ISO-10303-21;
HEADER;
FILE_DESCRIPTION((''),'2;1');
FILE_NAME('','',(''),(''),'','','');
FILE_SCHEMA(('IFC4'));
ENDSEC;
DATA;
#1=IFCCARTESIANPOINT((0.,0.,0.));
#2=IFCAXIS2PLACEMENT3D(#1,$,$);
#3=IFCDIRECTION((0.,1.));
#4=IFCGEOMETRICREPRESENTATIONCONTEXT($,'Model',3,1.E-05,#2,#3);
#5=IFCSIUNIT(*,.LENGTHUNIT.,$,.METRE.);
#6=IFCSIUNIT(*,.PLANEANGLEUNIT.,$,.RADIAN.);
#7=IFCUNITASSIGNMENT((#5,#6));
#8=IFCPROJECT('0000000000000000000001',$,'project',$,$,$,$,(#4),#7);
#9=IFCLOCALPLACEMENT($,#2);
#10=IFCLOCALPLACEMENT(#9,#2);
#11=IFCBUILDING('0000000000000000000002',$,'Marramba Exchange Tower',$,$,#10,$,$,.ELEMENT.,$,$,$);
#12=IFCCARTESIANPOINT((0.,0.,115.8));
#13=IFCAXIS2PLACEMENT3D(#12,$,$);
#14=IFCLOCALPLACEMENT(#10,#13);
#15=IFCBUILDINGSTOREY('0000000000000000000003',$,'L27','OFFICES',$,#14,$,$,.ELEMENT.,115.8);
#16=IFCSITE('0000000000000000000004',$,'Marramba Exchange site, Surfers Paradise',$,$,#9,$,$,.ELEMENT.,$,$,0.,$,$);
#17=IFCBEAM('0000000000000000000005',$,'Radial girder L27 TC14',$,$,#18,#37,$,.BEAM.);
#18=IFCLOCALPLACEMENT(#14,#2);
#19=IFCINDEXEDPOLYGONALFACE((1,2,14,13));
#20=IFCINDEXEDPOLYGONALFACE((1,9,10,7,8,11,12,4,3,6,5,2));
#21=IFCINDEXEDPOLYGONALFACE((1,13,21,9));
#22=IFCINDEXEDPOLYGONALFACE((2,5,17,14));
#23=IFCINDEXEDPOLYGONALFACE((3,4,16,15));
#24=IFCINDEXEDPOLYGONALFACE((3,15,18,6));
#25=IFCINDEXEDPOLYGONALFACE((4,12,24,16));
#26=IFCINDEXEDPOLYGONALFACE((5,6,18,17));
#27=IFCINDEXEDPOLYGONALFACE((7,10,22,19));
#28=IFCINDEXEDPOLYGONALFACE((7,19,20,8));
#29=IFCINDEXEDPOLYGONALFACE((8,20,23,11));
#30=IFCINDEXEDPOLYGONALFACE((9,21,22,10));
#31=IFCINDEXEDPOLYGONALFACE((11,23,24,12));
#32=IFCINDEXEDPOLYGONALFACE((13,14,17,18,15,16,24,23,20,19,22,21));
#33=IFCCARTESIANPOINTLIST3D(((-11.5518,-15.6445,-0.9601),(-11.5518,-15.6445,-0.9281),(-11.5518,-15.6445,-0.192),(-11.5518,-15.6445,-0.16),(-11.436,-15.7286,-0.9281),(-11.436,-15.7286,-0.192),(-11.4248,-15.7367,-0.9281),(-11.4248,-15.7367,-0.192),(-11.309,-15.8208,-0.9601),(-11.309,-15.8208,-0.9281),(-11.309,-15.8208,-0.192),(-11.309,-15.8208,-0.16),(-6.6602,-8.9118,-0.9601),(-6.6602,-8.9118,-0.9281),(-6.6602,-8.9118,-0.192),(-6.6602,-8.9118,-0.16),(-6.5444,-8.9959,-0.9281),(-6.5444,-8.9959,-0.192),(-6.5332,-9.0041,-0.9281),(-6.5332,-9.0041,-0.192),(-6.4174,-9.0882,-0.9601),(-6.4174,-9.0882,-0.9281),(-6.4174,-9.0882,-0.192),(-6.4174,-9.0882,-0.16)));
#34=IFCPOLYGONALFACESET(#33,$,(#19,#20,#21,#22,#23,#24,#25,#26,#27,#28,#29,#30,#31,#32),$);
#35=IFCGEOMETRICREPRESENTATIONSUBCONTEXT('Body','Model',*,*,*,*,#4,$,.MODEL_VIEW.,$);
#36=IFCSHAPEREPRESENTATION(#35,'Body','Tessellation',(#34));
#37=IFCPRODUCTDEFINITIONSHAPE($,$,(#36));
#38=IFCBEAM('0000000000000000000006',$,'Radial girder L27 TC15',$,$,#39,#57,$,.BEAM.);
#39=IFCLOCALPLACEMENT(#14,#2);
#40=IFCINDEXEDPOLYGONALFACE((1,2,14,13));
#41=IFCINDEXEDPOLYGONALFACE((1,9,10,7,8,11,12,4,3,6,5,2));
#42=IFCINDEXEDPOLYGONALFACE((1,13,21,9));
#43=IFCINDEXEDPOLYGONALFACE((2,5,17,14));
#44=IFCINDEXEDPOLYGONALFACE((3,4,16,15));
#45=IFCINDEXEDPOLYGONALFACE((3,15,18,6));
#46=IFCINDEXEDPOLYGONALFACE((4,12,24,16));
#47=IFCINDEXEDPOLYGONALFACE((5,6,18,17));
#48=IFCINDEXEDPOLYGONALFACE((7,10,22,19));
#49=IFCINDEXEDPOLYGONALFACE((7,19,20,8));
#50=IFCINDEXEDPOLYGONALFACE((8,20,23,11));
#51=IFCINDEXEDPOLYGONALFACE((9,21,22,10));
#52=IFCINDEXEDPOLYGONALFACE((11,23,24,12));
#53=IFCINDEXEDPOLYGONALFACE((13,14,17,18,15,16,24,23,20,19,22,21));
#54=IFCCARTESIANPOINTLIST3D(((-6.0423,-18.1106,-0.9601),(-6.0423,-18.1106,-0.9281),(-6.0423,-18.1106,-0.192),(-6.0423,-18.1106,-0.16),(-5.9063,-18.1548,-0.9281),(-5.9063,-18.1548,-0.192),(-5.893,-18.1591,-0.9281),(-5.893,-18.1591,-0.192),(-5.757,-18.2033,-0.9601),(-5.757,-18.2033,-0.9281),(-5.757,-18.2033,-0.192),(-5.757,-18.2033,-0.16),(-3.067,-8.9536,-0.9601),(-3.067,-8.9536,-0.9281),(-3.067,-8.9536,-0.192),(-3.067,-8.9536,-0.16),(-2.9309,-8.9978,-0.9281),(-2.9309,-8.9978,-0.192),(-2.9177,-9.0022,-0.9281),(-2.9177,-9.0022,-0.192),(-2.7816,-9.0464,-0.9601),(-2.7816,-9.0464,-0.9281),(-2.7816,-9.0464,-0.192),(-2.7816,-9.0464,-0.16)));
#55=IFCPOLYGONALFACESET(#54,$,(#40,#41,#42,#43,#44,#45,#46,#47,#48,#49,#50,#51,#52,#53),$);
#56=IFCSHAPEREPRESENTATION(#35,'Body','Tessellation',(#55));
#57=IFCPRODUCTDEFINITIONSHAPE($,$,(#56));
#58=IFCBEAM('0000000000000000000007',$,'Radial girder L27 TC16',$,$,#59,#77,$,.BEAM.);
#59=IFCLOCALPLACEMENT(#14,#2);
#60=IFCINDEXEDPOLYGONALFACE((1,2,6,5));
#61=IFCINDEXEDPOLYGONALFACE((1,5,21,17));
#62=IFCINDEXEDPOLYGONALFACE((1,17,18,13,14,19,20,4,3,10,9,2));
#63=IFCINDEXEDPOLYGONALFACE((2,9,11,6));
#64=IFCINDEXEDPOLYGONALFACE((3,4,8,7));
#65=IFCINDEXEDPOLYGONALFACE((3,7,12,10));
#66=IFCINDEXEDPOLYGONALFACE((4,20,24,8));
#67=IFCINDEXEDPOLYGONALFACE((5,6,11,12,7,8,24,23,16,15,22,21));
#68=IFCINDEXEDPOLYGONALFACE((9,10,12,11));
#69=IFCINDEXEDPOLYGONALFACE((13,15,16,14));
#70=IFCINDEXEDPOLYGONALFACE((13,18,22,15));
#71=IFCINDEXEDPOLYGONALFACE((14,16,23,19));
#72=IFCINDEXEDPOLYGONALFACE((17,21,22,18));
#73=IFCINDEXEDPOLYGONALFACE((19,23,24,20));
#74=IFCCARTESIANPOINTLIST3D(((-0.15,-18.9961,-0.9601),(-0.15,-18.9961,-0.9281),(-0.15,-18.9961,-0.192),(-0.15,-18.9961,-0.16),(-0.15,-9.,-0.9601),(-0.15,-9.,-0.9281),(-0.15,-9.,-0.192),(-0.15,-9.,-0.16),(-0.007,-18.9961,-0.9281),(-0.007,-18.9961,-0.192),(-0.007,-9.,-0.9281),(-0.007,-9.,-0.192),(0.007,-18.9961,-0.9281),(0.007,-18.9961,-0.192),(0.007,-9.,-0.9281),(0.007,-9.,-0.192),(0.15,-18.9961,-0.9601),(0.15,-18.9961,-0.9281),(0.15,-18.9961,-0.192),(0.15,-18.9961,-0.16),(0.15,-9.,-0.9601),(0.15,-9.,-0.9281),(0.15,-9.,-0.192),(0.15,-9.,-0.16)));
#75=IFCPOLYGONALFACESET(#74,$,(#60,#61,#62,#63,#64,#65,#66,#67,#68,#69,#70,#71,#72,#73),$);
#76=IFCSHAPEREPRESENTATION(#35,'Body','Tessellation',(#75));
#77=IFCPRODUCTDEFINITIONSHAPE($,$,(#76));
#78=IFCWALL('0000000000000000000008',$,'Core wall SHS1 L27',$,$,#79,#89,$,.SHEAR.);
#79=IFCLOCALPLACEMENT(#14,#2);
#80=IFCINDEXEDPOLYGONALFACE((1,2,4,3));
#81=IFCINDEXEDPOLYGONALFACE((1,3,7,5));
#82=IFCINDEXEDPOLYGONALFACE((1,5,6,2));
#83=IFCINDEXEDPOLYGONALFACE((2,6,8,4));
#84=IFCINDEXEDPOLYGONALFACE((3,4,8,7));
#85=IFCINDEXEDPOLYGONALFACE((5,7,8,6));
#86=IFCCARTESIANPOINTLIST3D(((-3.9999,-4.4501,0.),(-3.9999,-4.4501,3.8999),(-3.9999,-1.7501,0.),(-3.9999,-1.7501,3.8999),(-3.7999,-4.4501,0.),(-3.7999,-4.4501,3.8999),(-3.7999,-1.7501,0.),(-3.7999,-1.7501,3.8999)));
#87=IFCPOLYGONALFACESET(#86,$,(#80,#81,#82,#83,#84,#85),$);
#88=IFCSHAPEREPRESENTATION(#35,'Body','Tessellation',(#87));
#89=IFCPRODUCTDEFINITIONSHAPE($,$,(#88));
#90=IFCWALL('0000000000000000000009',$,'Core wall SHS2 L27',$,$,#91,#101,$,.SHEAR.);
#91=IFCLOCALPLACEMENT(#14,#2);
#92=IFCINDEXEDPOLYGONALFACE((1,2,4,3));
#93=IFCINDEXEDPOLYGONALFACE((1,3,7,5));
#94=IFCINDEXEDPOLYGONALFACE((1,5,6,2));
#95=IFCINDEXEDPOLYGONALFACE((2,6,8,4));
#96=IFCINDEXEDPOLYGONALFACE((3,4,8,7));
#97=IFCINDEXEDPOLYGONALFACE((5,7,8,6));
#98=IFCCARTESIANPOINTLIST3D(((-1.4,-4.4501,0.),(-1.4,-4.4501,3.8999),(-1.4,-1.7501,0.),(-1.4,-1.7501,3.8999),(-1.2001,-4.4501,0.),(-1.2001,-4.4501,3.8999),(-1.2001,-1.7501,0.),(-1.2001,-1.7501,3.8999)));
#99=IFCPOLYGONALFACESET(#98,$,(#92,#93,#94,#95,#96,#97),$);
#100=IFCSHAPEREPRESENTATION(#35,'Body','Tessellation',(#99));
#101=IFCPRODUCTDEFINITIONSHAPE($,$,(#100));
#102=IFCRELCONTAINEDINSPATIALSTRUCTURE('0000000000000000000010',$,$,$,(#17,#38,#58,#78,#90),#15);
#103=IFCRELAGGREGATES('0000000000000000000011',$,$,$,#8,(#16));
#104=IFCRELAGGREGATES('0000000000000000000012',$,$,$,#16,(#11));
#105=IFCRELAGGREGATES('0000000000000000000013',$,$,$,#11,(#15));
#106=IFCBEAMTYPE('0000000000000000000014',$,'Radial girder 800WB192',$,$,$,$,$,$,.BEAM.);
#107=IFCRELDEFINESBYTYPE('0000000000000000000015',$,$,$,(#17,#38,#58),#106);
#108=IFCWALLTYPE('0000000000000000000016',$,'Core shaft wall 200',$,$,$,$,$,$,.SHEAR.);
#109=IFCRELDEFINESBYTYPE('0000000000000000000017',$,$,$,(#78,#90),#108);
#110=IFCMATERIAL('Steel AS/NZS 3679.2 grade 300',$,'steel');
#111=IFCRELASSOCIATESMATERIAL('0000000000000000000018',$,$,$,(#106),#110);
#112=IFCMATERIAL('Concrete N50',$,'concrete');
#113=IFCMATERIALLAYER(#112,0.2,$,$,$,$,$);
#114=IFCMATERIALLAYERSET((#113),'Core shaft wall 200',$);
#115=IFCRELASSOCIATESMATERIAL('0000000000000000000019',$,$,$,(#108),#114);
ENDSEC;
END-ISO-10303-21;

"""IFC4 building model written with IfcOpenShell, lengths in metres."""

from ifc_helpers import new_model, si_unit, direction, frame, frame_2d, origin, origin_2d, place, context, subcontext, project, spatial, rectangle, i_section, extrude, material, layer, layer_set, material_profile, profile_set, type_object, element, save


model = new_model("IFC4")

# Units and contexts
model_context = context("Model", 3, precision=1e-05, world=origin(), true_north=direction((0.0, 1.0)))
body_context = subcontext(model_context, "Body", "Model", "MODEL_VIEW")
ifc_project = project(units=[si_unit("LENGTHUNIT", "METRE"), si_unit("PLANEANGLEUNIT", "RADIAN")], contexts=[model_context])

# Site, building, storey
site_placement = place(None, origin())
site = spatial("IfcSite", under=ifc_project, at=site_placement, Name="Marramba Exchange site, Surfers Paradise", CompositionType="ELEMENT", RefElevation=0.0)
building_placement = place(site_placement, origin())
building = spatial("IfcBuilding", under=site, at=building_placement, Name="Marramba Exchange Tower", CompositionType="ELEMENT")
storey_placement = place(building_placement, frame((0.0, 0.0, 115.8)))
storey = spatial("IfcBuildingStorey", under=building, at=storey_placement, Name="L27", Description="OFFICES", CompositionType="ELEMENT", Elevation=115.8)

# Beams
ifc_material_1 = material(Name="Steel AS/NZS 3679.2 grade 300", Category="steel")
ifc_material_profile = material_profile(ifc_material_1, i_section(OverallWidth=0.3, OverallDepth=0.8, WebThickness=0.0139, FlangeThickness=0.032, at=origin_2d()), Name="800WB192")
ifc_profile_set = profile_set([ifc_material_profile], Name="Steel AS/NZS 3679.2 grade 300")
beam_type = type_object("IfcBeamType", Name="Radial girder 800WB192", PredefinedType="BEAM", material=ifc_profile_set)
beam_1_placement = place(storey_placement, frame((-6.5388, -9.0, -0.5601), z_axis=(-0.587788, -0.809015, 0.0), x_axis=(0.809015, -0.587788, 0.0)))
element("IfcBeam", 1, at=beam_1_placement, inside=storey, type_object=beam_type, Name="Radial girder L27 TC14", PredefinedType="BEAM", context=body_context, shape_type="SweptSolid", body=[
    extrude(i_section(OverallWidth=0.3, OverallDepth=0.8, WebThickness=0.0139, FlangeThickness=0.032, at=origin_2d()), origin(), (0.0, 0.0, 1.0), 8.322),
])
beam_2_placement = place(storey_placement, frame((-2.9243, -9.0, -0.5601), z_axis=(-0.309022, -0.951055, 0.0), x_axis=(0.951055, -0.309022, 0.0)))
element("IfcBeam", 2, at=beam_2_placement, inside=storey, type_object=beam_type, Name="Radial girder L27 TC15", PredefinedType="BEAM", context=body_context, shape_type="SweptSolid", body=[
    extrude(i_section(OverallWidth=0.3, OverallDepth=0.8, WebThickness=0.0139, FlangeThickness=0.032, at=origin_2d()), origin(), (0.0, 0.0, 1.0), 9.6282),
])
beam_3_placement = place(storey_placement, frame((0.0, -9.0, -0.5601), z_axis=(0.0, -1.0, 0.0), x_axis=(1.0, 0.0, 0.0)))
element("IfcBeam", 3, at=beam_3_placement, inside=storey, type_object=beam_type, Name="Radial girder L27 TC16", PredefinedType="BEAM", context=body_context, shape_type="SweptSolid", body=[
    extrude(i_section(OverallWidth=0.3, OverallDepth=0.8, WebThickness=0.0139, FlangeThickness=0.032, at=origin_2d()), origin(), (0.0, 0.0, 1.0), 9.9961),
])

# Walls
ifc_material_2 = material(Name="Concrete N50", Category="concrete")
ifc_layer_1 = layer(ifc_material_2, 0.2)
ifc_layer_set_1 = layer_set([ifc_layer_1], Name="Core shaft wall 200")
wall_type_1 = type_object("IfcWallType", Name="Core shaft wall 200", PredefinedType="SHEAR", material=ifc_layer_set_1)
for number, where, z_axis, x_axis, name in (
    (4, (-3.8999, -1.75, 0.0), (0.0, 0.0, 1.0), (0.0, -1.0, 0.0), "Core wall SHS1 L27"),
    (5, (-1.3, -1.75, 0.0), (0.0, 0.0, 1.0), (0.0, -1.0, 0.0), "Core wall SHS2 L27"),
):
    element("IfcWall", number, at=place(storey_placement, frame(where, z_axis=z_axis, x_axis=x_axis)), inside=storey, type_object=wall_type_1, Name=name, PredefinedType="SHEAR", context=body_context, shape_type="SweptSolid", body=[
        extrude(rectangle(XDim=2.7, YDim=0.2, at=frame_2d((1.3501, 0.0))), origin(), (0.0, 0.0, 1.0), 3.8999),
    ])

save(model, "model.ifc")
